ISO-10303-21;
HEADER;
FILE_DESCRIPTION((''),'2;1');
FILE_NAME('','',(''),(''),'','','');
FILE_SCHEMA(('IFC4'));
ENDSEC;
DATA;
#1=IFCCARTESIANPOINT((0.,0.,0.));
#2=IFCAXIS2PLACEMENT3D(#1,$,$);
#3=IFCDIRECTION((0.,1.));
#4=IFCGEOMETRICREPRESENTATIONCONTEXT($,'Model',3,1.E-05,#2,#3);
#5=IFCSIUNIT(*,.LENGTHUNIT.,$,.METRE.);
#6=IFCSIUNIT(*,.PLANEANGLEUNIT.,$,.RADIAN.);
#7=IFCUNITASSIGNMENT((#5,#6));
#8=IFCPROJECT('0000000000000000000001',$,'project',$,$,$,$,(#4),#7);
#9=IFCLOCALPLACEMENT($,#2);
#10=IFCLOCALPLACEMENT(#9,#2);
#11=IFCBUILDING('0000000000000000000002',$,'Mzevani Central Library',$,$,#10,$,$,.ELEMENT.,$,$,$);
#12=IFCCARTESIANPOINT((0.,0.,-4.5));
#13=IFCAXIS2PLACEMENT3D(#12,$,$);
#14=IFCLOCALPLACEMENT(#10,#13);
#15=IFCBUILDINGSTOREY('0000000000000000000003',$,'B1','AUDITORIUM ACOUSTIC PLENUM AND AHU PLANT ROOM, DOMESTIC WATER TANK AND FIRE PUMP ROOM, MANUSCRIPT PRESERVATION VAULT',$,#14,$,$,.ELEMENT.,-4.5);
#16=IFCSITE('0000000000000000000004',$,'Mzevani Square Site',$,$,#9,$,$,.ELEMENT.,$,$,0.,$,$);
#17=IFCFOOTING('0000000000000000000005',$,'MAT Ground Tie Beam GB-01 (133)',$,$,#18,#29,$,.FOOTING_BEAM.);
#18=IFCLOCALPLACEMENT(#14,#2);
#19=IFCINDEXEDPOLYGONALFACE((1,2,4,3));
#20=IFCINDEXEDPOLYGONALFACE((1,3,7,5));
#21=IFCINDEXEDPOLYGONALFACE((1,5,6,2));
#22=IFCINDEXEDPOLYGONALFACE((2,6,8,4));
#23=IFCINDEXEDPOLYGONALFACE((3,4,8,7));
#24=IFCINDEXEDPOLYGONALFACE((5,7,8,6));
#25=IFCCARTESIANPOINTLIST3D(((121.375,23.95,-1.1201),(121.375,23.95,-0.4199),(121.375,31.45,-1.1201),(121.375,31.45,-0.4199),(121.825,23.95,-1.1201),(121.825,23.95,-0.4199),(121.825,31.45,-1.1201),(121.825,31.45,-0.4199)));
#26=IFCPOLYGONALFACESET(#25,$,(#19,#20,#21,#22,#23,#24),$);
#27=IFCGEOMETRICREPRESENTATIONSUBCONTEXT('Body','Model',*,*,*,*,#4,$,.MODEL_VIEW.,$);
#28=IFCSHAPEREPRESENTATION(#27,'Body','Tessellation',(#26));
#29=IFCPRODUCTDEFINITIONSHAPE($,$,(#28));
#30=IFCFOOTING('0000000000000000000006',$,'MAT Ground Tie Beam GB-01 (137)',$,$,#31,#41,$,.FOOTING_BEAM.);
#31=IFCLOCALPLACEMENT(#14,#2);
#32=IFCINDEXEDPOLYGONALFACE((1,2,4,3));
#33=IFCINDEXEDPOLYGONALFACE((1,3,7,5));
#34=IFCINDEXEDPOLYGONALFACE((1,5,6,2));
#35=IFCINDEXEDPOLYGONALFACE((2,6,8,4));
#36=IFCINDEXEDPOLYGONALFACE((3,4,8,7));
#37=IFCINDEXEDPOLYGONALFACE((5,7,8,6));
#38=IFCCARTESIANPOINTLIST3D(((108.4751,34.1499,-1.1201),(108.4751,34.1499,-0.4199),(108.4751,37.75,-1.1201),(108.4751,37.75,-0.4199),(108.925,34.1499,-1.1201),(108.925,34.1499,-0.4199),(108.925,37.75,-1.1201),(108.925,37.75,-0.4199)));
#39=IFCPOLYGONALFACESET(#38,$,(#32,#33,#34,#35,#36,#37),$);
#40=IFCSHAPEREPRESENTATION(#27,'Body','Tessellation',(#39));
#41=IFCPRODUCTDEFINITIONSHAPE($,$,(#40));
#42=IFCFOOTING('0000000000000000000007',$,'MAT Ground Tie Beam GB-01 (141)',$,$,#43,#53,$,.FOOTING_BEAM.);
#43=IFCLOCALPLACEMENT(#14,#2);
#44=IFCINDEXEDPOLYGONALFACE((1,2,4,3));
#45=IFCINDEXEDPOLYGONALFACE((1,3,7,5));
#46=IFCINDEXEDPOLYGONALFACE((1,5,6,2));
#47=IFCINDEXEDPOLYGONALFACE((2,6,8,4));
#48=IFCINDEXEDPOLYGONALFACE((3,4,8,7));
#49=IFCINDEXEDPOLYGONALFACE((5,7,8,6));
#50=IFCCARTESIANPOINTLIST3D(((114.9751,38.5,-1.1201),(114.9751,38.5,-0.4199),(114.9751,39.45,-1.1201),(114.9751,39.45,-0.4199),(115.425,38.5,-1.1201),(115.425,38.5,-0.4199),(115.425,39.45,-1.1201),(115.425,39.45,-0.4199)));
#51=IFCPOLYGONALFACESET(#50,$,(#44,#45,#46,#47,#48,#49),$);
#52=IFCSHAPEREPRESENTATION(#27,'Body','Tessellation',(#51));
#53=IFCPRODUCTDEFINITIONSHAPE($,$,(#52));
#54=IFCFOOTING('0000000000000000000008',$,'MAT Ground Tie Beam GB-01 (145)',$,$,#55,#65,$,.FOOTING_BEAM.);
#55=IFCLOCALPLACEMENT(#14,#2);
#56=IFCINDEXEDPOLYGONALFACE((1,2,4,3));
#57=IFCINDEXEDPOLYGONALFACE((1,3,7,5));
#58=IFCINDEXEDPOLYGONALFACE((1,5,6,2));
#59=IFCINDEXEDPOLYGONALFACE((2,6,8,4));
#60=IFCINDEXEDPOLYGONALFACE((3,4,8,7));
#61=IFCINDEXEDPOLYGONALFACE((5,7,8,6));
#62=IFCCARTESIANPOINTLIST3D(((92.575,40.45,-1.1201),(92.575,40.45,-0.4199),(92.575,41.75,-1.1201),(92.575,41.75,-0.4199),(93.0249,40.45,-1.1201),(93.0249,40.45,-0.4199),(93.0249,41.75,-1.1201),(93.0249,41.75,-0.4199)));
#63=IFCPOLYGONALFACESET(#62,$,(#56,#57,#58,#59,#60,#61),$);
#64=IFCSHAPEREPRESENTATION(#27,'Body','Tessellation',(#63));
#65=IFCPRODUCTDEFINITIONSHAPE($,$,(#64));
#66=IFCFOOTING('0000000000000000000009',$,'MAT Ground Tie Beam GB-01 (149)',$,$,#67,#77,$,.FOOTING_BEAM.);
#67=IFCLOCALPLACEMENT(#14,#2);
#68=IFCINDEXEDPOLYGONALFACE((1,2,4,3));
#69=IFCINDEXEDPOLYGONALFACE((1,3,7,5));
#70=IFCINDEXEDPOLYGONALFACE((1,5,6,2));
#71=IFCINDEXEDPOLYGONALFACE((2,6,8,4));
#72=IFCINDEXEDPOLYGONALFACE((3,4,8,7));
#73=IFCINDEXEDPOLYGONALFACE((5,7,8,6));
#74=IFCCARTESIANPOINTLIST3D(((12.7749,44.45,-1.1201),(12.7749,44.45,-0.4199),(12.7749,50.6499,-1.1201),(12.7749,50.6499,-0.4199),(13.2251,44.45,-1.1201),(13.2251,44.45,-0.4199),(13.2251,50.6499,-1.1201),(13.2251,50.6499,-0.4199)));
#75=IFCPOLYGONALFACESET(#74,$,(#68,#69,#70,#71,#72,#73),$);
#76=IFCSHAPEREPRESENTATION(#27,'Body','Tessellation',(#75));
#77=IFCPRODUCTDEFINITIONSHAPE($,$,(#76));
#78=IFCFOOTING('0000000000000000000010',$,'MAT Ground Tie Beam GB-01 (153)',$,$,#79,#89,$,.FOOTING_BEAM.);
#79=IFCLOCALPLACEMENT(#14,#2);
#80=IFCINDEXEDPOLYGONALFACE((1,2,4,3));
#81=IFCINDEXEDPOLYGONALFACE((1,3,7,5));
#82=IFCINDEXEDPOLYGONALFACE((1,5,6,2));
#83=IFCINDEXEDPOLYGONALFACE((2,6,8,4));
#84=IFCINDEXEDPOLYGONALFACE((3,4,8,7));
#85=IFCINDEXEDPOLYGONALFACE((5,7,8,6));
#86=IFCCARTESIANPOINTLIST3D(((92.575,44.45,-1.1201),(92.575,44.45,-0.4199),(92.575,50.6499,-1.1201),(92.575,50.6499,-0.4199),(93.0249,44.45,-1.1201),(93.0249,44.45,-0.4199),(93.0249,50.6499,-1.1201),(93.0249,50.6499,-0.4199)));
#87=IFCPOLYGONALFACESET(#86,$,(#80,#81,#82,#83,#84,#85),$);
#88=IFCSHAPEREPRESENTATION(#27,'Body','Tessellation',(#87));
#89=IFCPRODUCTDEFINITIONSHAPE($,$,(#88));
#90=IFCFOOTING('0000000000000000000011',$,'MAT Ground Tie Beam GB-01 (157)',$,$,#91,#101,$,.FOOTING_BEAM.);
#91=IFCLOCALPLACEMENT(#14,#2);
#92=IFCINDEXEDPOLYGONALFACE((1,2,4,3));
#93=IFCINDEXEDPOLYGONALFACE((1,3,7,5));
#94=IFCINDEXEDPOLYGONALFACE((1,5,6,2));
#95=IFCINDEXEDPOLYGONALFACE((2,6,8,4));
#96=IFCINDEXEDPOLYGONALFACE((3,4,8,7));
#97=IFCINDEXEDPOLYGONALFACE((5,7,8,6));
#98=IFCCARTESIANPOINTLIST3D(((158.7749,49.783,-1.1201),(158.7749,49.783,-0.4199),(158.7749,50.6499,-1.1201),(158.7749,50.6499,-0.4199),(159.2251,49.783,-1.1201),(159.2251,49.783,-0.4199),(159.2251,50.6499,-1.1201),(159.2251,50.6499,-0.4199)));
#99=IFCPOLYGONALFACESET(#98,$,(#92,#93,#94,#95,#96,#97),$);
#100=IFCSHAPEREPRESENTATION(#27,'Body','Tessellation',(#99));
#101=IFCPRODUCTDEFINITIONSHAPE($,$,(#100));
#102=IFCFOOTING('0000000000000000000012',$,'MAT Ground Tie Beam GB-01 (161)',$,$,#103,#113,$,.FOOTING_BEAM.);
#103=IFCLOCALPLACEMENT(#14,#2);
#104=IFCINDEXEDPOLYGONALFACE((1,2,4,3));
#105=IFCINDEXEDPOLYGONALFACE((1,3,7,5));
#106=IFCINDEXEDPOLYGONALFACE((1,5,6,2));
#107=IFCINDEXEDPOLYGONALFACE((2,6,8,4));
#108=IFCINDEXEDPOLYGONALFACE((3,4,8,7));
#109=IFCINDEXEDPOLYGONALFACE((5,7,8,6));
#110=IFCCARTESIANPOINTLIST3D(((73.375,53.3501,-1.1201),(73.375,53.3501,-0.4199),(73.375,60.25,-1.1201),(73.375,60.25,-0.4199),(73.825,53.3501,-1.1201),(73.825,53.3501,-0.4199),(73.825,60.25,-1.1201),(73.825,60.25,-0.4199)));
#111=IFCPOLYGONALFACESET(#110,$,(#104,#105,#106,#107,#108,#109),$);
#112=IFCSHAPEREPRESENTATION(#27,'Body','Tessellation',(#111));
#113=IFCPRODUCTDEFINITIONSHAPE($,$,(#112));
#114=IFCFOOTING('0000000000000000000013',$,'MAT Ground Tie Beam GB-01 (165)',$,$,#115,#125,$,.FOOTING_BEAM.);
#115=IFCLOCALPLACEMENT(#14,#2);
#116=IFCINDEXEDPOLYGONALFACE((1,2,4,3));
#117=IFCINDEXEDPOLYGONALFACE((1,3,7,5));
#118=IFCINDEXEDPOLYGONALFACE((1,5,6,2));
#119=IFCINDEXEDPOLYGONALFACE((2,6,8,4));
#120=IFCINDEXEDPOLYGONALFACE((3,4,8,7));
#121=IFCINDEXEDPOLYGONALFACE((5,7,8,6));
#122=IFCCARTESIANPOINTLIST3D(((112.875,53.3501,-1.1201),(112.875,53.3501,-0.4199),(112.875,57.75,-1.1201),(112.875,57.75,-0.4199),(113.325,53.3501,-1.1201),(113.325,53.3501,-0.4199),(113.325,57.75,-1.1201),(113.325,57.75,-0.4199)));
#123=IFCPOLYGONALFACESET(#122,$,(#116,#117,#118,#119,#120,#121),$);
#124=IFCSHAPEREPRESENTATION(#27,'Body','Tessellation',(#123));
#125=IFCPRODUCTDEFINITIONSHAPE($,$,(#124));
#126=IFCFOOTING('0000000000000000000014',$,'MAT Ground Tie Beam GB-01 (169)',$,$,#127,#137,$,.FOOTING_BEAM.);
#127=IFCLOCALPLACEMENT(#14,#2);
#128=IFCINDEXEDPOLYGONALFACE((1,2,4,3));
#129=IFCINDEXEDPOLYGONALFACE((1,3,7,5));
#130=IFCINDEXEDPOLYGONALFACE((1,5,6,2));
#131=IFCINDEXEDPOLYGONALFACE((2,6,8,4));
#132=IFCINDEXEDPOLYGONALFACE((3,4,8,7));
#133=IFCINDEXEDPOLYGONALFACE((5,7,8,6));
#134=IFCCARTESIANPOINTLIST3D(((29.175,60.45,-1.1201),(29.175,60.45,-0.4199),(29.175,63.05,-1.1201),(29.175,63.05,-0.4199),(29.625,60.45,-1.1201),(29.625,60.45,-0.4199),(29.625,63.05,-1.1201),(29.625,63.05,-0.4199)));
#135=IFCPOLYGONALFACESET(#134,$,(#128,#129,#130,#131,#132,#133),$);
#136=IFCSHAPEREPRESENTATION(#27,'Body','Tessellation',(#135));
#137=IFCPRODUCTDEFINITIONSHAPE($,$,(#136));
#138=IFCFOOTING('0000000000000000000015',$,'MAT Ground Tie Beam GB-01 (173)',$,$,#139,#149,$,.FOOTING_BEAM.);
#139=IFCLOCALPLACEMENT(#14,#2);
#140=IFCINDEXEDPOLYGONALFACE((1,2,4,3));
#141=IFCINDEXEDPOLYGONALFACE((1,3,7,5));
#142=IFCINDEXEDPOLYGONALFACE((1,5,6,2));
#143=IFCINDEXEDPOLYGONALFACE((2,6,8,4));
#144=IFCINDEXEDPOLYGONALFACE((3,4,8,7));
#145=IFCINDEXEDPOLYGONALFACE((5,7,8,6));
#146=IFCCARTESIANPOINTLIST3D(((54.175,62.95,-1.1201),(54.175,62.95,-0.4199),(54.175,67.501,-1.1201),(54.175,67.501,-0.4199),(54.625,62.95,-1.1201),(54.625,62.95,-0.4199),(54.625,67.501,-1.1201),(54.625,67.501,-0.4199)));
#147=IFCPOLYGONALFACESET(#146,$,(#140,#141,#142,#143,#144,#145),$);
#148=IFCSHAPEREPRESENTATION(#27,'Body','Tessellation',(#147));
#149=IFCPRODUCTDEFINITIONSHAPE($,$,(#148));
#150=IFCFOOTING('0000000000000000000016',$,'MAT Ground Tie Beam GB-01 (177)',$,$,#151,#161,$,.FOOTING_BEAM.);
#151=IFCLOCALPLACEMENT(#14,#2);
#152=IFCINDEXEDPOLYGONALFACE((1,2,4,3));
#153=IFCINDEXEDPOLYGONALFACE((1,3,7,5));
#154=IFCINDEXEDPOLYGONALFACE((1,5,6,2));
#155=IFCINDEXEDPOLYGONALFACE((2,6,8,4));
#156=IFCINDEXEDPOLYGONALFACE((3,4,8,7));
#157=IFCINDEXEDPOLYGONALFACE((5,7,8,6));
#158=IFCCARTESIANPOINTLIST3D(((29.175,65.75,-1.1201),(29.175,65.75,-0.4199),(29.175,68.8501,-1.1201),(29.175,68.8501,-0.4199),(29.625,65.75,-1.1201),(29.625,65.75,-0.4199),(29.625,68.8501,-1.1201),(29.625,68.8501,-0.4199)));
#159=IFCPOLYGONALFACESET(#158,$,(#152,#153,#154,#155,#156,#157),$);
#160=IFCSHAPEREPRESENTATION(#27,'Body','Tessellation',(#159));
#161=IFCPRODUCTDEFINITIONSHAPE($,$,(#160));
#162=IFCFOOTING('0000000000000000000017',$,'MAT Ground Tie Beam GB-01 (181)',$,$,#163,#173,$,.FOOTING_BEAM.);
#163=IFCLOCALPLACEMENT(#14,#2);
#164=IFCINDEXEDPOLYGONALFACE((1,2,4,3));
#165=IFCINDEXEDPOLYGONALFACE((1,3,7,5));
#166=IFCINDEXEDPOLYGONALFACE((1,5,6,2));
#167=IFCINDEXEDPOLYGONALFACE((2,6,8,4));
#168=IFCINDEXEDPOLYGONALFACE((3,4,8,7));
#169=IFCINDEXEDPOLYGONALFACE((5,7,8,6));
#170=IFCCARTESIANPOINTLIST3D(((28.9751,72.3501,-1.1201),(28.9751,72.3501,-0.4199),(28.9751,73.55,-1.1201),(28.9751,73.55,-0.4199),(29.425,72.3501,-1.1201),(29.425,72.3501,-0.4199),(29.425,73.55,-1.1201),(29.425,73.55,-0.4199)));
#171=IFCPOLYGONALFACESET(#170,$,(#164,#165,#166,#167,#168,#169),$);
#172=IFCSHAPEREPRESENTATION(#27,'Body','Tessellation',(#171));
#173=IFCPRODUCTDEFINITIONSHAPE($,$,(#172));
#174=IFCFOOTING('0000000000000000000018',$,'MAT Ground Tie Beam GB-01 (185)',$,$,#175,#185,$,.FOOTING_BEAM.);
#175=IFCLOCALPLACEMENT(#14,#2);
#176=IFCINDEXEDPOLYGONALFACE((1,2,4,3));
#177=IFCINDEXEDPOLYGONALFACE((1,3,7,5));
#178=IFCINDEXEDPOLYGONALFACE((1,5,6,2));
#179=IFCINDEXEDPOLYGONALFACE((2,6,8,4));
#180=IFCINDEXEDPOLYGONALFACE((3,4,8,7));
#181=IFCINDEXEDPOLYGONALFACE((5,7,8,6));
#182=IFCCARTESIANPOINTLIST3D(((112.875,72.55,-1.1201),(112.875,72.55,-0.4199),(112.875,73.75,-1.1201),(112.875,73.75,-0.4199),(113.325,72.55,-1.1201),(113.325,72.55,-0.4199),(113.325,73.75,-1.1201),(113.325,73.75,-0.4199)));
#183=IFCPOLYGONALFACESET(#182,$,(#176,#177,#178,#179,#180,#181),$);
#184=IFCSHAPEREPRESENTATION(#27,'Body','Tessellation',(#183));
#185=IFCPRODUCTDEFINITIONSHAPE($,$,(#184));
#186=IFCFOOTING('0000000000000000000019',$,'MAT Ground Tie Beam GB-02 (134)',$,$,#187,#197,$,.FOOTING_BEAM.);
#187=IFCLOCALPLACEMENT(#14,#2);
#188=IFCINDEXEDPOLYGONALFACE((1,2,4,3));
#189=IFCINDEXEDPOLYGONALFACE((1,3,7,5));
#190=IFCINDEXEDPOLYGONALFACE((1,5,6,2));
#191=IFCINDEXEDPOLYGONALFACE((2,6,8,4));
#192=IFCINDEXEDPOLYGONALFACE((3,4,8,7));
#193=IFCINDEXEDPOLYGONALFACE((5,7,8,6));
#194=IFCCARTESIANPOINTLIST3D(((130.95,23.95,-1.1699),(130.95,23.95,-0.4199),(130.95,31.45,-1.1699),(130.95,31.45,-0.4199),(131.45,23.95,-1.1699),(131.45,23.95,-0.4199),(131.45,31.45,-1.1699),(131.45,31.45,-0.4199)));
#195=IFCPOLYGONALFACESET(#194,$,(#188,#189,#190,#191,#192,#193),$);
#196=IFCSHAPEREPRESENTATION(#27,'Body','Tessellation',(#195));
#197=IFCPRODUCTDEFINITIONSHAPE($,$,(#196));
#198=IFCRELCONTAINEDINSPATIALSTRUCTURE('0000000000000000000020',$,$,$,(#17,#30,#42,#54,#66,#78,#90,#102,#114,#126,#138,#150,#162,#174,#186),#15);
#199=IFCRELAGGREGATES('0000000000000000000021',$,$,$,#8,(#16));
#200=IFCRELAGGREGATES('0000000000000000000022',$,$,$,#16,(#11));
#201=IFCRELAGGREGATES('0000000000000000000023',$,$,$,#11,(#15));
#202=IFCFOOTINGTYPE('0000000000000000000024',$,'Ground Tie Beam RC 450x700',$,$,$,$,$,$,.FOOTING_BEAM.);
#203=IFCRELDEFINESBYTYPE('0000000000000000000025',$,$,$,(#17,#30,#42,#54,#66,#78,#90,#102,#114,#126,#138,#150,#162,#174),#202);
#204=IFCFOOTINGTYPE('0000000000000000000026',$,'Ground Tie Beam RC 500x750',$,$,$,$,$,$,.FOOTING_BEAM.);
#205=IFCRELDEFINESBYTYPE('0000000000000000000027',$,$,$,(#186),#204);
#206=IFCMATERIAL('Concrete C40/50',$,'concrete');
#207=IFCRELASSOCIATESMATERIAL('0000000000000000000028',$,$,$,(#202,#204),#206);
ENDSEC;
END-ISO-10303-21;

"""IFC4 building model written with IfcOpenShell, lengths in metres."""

from ifc_helpers import new_model, si_unit, direction, frame, origin, place, context, subcontext, project, spatial, polyline, outline, extrude, material, type_object, element, save


model = new_model("IFC4")

# Units and contexts
model_context = context("Model", 3, precision=1e-05, world=origin(), true_north=direction((0.0, 1.0)))
body_context = subcontext(model_context, "Body", "Model", "MODEL_VIEW")
ifc_project = project(units=[si_unit("LENGTHUNIT", "METRE"), si_unit("PLANEANGLEUNIT", "RADIAN")], contexts=[model_context])

# Site, building, storey
site_placement = place(None, origin())
site = spatial("IfcSite", under=ifc_project, at=site_placement, Name="Mzevani Square Site", CompositionType="ELEMENT", RefElevation=0.0)
building_placement = place(site_placement, origin())
building = spatial("IfcBuilding", under=site, at=building_placement, Name="Mzevani Central Library", CompositionType="ELEMENT")
storey_placement = place(building_placement, frame((0.0, 0.0, -4.5)))
storey = spatial("IfcBuildingStorey", under=building, at=storey_placement, Name="B1", Description="AUDITORIUM ACOUSTIC PLENUM AND AHU PLANT ROOM, DOMESTIC WATER TANK AND FIRE PUMP ROOM, MANUSCRIPT PRESERVATION VAULT", CompositionType="ELEMENT", Elevation=-4.5)

# Footings
ifc_material = material(Name="Concrete C40/50", Category="concrete")
footing_type_1 = type_object("IfcFootingType", Name="Ground Tie Beam RC 450x700", PredefinedType="FOOTING_BEAM", material=ifc_material)
footing_1_placement = place(storey_placement, frame((0.0, 0.0, -1.1201)))
element("IfcFooting", 1, at=footing_1_placement, inside=storey, type_object=footing_type_1, Name="MAT Ground Tie Beam GB-01 (133)", PredefinedType="FOOTING_BEAM", context=body_context, shape_type="SweptSolid", body=[
    extrude(outline(polyline([(121.375, 23.95), (121.825, 23.95), (121.825, 31.45), (121.375, 31.45), (121.375, 23.95)])), origin(), (0.0, 0.0, 1.0), 0.7002),
])
footing_2_placement = place(storey_placement, frame((0.0, 0.0, -1.1201)))
element("IfcFooting", 2, at=footing_2_placement, inside=storey, type_object=footing_type_1, Name="MAT Ground Tie Beam GB-01 (137)", PredefinedType="FOOTING_BEAM", context=body_context, shape_type="SweptSolid", body=[
    extrude(outline(polyline([(108.4751, 34.1499), (108.925, 34.1499), (108.925, 37.75), (108.4751, 37.75), (108.4751, 34.1499)])), origin(), (0.0, 0.0, 1.0), 0.7002),
])
footing_3_placement = place(storey_placement, frame((0.0, 0.0, -1.1201)))
element("IfcFooting", 3, at=footing_3_placement, inside=storey, type_object=footing_type_1, Name="MAT Ground Tie Beam GB-01 (141)", PredefinedType="FOOTING_BEAM", context=body_context, shape_type="SweptSolid", body=[
    extrude(outline(polyline([(114.9751, 38.5), (115.425, 38.5), (115.425, 39.45), (114.9751, 39.45), (114.9751, 38.5)])), origin(), (0.0, 0.0, 1.0), 0.7002),
])
footing_4_placement = place(storey_placement, frame((0.0, 0.0, -1.1201)))
element("IfcFooting", 4, at=footing_4_placement, inside=storey, type_object=footing_type_1, Name="MAT Ground Tie Beam GB-01 (145)", PredefinedType="FOOTING_BEAM", context=body_context, shape_type="SweptSolid", body=[
    extrude(outline(polyline([(92.575, 40.45), (93.0249, 40.45), (93.0249, 41.75), (92.575, 41.75), (92.575, 40.45)])), origin(), (0.0, 0.0, 1.0), 0.7002),
])
footing_5_placement = place(storey_placement, frame((0.0, 0.0, -1.1201)))
element("IfcFooting", 5, at=footing_5_placement, inside=storey, type_object=footing_type_1, Name="MAT Ground Tie Beam GB-01 (149)", PredefinedType="FOOTING_BEAM", context=body_context, shape_type="SweptSolid", body=[
    extrude(outline(polyline([(12.7749, 44.45), (13.2251, 44.45), (13.2251, 50.6499), (12.7749, 50.6499), (12.7749, 44.45)])), origin(), (0.0, 0.0, 1.0), 0.7002),
])
footing_6_placement = place(storey_placement, frame((0.0, 0.0, -1.1201)))
element("IfcFooting", 6, at=footing_6_placement, inside=storey, type_object=footing_type_1, Name="MAT Ground Tie Beam GB-01 (153)", PredefinedType="FOOTING_BEAM", context=body_context, shape_type="SweptSolid", body=[
    extrude(outline(polyline([(92.575, 44.45), (93.0249, 44.45), (93.0249, 50.6499), (92.575, 50.6499), (92.575, 44.45)])), origin(), (0.0, 0.0, 1.0), 0.7002),
])
footing_7_placement = place(storey_placement, frame((0.0, 0.0, -1.1201)))
element("IfcFooting", 7, at=footing_7_placement, inside=storey, type_object=footing_type_1, Name="MAT Ground Tie Beam GB-01 (157)", PredefinedType="FOOTING_BEAM", context=body_context, shape_type="SweptSolid", body=[
    extrude(outline(polyline([(158.7749, 49.783), (159.2251, 49.783), (159.2251, 50.6499), (158.7749, 50.6499), (158.7749, 49.783)])), origin(), (0.0, 0.0, 1.0), 0.7002),
])
footing_8_placement = place(storey_placement, frame((0.0, 0.0, -1.1201)))
element("IfcFooting", 8, at=footing_8_placement, inside=storey, type_object=footing_type_1, Name="MAT Ground Tie Beam GB-01 (161)", PredefinedType="FOOTING_BEAM", context=body_context, shape_type="SweptSolid", body=[
    extrude(outline(polyline([(73.375, 53.3501), (73.825, 53.3501), (73.825, 60.25), (73.375, 60.25), (73.375, 53.3501)])), origin(), (0.0, 0.0, 1.0), 0.7002),
])
footing_9_placement = place(storey_placement, frame((0.0, 0.0, -1.1201)))
element("IfcFooting", 9, at=footing_9_placement, inside=storey, type_object=footing_type_1, Name="MAT Ground Tie Beam GB-01 (165)", PredefinedType="FOOTING_BEAM", context=body_context, shape_type="SweptSolid", body=[
    extrude(outline(polyline([(112.875, 53.3501), (113.325, 53.3501), (113.325, 57.75), (112.875, 57.75), (112.875, 53.3501)])), origin(), (0.0, 0.0, 1.0), 0.7002),
])
footing_10_placement = place(storey_placement, frame((0.0, 0.0, -1.1201)))
element("IfcFooting", 10, at=footing_10_placement, inside=storey, type_object=footing_type_1, Name="MAT Ground Tie Beam GB-01 (169)", PredefinedType="FOOTING_BEAM", context=body_context, shape_type="SweptSolid", body=[
    extrude(outline(polyline([(29.175, 60.45), (29.625, 60.45), (29.625, 63.05), (29.175, 63.05), (29.175, 60.45)])), origin(), (0.0, 0.0, 1.0), 0.7002),
])
footing_11_placement = place(storey_placement, frame((0.0, 0.0, -1.1201)))
element("IfcFooting", 11, at=footing_11_placement, inside=storey, type_object=footing_type_1, Name="MAT Ground Tie Beam GB-01 (173)", PredefinedType="FOOTING_BEAM", context=body_context, shape_type="SweptSolid", body=[
    extrude(outline(polyline([(54.175, 62.95), (54.625, 62.95), (54.625, 67.501), (54.175, 67.501), (54.175, 62.95)])), origin(), (0.0, 0.0, 1.0), 0.7002),
])
footing_12_placement = place(storey_placement, frame((0.0, 0.0, -1.1201)))
element("IfcFooting", 12, at=footing_12_placement, inside=storey, type_object=footing_type_1, Name="MAT Ground Tie Beam GB-01 (177)", PredefinedType="FOOTING_BEAM", context=body_context, shape_type="SweptSolid", body=[
    extrude(outline(polyline([(29.175, 65.75), (29.625, 65.75), (29.625, 68.8501), (29.175, 68.8501), (29.175, 65.75)])), origin(), (0.0, 0.0, 1.0), 0.7002),
])
footing_13_placement = place(storey_placement, frame((0.0, 0.0, -1.1201)))
element("IfcFooting", 13, at=footing_13_placement, inside=storey, type_object=footing_type_1, Name="MAT Ground Tie Beam GB-01 (181)", PredefinedType="FOOTING_BEAM", context=body_context, shape_type="SweptSolid", body=[
    extrude(outline(polyline([(28.9751, 72.3501), (29.425, 72.3501), (29.425, 73.55), (28.9751, 73.55), (28.9751, 72.3501)])), origin(), (0.0, 0.0, 1.0), 0.7002),
])
footing_14_placement = place(storey_placement, frame((0.0, 0.0, -1.1201)))
element("IfcFooting", 14, at=footing_14_placement, inside=storey, type_object=footing_type_1, Name="MAT Ground Tie Beam GB-01 (185)", PredefinedType="FOOTING_BEAM", context=body_context, shape_type="SweptSolid", body=[
    extrude(outline(polyline([(112.875, 72.55), (113.325, 72.55), (113.325, 73.75), (112.875, 73.75), (112.875, 72.55)])), origin(), (0.0, 0.0, 1.0), 0.7002),
])
footing_type_2 = type_object("IfcFootingType", Name="Ground Tie Beam RC 500x750", PredefinedType="FOOTING_BEAM", material=ifc_material)
footing_15_placement = place(storey_placement, frame((0.0, 0.0, -1.1699)))
element("IfcFooting", 15, at=footing_15_placement, inside=storey, type_object=footing_type_2, Name="MAT Ground Tie Beam GB-02 (134)", PredefinedType="FOOTING_BEAM", context=body_context, shape_type="SweptSolid", body=[
    extrude(outline(polyline([(130.95, 23.95), (131.45, 23.95), (131.45, 31.45), (130.95, 31.45), (130.95, 23.95)])), origin(), (0.0, 0.0, 1.0), 0.75),
])

save(model, "model.ifc")
